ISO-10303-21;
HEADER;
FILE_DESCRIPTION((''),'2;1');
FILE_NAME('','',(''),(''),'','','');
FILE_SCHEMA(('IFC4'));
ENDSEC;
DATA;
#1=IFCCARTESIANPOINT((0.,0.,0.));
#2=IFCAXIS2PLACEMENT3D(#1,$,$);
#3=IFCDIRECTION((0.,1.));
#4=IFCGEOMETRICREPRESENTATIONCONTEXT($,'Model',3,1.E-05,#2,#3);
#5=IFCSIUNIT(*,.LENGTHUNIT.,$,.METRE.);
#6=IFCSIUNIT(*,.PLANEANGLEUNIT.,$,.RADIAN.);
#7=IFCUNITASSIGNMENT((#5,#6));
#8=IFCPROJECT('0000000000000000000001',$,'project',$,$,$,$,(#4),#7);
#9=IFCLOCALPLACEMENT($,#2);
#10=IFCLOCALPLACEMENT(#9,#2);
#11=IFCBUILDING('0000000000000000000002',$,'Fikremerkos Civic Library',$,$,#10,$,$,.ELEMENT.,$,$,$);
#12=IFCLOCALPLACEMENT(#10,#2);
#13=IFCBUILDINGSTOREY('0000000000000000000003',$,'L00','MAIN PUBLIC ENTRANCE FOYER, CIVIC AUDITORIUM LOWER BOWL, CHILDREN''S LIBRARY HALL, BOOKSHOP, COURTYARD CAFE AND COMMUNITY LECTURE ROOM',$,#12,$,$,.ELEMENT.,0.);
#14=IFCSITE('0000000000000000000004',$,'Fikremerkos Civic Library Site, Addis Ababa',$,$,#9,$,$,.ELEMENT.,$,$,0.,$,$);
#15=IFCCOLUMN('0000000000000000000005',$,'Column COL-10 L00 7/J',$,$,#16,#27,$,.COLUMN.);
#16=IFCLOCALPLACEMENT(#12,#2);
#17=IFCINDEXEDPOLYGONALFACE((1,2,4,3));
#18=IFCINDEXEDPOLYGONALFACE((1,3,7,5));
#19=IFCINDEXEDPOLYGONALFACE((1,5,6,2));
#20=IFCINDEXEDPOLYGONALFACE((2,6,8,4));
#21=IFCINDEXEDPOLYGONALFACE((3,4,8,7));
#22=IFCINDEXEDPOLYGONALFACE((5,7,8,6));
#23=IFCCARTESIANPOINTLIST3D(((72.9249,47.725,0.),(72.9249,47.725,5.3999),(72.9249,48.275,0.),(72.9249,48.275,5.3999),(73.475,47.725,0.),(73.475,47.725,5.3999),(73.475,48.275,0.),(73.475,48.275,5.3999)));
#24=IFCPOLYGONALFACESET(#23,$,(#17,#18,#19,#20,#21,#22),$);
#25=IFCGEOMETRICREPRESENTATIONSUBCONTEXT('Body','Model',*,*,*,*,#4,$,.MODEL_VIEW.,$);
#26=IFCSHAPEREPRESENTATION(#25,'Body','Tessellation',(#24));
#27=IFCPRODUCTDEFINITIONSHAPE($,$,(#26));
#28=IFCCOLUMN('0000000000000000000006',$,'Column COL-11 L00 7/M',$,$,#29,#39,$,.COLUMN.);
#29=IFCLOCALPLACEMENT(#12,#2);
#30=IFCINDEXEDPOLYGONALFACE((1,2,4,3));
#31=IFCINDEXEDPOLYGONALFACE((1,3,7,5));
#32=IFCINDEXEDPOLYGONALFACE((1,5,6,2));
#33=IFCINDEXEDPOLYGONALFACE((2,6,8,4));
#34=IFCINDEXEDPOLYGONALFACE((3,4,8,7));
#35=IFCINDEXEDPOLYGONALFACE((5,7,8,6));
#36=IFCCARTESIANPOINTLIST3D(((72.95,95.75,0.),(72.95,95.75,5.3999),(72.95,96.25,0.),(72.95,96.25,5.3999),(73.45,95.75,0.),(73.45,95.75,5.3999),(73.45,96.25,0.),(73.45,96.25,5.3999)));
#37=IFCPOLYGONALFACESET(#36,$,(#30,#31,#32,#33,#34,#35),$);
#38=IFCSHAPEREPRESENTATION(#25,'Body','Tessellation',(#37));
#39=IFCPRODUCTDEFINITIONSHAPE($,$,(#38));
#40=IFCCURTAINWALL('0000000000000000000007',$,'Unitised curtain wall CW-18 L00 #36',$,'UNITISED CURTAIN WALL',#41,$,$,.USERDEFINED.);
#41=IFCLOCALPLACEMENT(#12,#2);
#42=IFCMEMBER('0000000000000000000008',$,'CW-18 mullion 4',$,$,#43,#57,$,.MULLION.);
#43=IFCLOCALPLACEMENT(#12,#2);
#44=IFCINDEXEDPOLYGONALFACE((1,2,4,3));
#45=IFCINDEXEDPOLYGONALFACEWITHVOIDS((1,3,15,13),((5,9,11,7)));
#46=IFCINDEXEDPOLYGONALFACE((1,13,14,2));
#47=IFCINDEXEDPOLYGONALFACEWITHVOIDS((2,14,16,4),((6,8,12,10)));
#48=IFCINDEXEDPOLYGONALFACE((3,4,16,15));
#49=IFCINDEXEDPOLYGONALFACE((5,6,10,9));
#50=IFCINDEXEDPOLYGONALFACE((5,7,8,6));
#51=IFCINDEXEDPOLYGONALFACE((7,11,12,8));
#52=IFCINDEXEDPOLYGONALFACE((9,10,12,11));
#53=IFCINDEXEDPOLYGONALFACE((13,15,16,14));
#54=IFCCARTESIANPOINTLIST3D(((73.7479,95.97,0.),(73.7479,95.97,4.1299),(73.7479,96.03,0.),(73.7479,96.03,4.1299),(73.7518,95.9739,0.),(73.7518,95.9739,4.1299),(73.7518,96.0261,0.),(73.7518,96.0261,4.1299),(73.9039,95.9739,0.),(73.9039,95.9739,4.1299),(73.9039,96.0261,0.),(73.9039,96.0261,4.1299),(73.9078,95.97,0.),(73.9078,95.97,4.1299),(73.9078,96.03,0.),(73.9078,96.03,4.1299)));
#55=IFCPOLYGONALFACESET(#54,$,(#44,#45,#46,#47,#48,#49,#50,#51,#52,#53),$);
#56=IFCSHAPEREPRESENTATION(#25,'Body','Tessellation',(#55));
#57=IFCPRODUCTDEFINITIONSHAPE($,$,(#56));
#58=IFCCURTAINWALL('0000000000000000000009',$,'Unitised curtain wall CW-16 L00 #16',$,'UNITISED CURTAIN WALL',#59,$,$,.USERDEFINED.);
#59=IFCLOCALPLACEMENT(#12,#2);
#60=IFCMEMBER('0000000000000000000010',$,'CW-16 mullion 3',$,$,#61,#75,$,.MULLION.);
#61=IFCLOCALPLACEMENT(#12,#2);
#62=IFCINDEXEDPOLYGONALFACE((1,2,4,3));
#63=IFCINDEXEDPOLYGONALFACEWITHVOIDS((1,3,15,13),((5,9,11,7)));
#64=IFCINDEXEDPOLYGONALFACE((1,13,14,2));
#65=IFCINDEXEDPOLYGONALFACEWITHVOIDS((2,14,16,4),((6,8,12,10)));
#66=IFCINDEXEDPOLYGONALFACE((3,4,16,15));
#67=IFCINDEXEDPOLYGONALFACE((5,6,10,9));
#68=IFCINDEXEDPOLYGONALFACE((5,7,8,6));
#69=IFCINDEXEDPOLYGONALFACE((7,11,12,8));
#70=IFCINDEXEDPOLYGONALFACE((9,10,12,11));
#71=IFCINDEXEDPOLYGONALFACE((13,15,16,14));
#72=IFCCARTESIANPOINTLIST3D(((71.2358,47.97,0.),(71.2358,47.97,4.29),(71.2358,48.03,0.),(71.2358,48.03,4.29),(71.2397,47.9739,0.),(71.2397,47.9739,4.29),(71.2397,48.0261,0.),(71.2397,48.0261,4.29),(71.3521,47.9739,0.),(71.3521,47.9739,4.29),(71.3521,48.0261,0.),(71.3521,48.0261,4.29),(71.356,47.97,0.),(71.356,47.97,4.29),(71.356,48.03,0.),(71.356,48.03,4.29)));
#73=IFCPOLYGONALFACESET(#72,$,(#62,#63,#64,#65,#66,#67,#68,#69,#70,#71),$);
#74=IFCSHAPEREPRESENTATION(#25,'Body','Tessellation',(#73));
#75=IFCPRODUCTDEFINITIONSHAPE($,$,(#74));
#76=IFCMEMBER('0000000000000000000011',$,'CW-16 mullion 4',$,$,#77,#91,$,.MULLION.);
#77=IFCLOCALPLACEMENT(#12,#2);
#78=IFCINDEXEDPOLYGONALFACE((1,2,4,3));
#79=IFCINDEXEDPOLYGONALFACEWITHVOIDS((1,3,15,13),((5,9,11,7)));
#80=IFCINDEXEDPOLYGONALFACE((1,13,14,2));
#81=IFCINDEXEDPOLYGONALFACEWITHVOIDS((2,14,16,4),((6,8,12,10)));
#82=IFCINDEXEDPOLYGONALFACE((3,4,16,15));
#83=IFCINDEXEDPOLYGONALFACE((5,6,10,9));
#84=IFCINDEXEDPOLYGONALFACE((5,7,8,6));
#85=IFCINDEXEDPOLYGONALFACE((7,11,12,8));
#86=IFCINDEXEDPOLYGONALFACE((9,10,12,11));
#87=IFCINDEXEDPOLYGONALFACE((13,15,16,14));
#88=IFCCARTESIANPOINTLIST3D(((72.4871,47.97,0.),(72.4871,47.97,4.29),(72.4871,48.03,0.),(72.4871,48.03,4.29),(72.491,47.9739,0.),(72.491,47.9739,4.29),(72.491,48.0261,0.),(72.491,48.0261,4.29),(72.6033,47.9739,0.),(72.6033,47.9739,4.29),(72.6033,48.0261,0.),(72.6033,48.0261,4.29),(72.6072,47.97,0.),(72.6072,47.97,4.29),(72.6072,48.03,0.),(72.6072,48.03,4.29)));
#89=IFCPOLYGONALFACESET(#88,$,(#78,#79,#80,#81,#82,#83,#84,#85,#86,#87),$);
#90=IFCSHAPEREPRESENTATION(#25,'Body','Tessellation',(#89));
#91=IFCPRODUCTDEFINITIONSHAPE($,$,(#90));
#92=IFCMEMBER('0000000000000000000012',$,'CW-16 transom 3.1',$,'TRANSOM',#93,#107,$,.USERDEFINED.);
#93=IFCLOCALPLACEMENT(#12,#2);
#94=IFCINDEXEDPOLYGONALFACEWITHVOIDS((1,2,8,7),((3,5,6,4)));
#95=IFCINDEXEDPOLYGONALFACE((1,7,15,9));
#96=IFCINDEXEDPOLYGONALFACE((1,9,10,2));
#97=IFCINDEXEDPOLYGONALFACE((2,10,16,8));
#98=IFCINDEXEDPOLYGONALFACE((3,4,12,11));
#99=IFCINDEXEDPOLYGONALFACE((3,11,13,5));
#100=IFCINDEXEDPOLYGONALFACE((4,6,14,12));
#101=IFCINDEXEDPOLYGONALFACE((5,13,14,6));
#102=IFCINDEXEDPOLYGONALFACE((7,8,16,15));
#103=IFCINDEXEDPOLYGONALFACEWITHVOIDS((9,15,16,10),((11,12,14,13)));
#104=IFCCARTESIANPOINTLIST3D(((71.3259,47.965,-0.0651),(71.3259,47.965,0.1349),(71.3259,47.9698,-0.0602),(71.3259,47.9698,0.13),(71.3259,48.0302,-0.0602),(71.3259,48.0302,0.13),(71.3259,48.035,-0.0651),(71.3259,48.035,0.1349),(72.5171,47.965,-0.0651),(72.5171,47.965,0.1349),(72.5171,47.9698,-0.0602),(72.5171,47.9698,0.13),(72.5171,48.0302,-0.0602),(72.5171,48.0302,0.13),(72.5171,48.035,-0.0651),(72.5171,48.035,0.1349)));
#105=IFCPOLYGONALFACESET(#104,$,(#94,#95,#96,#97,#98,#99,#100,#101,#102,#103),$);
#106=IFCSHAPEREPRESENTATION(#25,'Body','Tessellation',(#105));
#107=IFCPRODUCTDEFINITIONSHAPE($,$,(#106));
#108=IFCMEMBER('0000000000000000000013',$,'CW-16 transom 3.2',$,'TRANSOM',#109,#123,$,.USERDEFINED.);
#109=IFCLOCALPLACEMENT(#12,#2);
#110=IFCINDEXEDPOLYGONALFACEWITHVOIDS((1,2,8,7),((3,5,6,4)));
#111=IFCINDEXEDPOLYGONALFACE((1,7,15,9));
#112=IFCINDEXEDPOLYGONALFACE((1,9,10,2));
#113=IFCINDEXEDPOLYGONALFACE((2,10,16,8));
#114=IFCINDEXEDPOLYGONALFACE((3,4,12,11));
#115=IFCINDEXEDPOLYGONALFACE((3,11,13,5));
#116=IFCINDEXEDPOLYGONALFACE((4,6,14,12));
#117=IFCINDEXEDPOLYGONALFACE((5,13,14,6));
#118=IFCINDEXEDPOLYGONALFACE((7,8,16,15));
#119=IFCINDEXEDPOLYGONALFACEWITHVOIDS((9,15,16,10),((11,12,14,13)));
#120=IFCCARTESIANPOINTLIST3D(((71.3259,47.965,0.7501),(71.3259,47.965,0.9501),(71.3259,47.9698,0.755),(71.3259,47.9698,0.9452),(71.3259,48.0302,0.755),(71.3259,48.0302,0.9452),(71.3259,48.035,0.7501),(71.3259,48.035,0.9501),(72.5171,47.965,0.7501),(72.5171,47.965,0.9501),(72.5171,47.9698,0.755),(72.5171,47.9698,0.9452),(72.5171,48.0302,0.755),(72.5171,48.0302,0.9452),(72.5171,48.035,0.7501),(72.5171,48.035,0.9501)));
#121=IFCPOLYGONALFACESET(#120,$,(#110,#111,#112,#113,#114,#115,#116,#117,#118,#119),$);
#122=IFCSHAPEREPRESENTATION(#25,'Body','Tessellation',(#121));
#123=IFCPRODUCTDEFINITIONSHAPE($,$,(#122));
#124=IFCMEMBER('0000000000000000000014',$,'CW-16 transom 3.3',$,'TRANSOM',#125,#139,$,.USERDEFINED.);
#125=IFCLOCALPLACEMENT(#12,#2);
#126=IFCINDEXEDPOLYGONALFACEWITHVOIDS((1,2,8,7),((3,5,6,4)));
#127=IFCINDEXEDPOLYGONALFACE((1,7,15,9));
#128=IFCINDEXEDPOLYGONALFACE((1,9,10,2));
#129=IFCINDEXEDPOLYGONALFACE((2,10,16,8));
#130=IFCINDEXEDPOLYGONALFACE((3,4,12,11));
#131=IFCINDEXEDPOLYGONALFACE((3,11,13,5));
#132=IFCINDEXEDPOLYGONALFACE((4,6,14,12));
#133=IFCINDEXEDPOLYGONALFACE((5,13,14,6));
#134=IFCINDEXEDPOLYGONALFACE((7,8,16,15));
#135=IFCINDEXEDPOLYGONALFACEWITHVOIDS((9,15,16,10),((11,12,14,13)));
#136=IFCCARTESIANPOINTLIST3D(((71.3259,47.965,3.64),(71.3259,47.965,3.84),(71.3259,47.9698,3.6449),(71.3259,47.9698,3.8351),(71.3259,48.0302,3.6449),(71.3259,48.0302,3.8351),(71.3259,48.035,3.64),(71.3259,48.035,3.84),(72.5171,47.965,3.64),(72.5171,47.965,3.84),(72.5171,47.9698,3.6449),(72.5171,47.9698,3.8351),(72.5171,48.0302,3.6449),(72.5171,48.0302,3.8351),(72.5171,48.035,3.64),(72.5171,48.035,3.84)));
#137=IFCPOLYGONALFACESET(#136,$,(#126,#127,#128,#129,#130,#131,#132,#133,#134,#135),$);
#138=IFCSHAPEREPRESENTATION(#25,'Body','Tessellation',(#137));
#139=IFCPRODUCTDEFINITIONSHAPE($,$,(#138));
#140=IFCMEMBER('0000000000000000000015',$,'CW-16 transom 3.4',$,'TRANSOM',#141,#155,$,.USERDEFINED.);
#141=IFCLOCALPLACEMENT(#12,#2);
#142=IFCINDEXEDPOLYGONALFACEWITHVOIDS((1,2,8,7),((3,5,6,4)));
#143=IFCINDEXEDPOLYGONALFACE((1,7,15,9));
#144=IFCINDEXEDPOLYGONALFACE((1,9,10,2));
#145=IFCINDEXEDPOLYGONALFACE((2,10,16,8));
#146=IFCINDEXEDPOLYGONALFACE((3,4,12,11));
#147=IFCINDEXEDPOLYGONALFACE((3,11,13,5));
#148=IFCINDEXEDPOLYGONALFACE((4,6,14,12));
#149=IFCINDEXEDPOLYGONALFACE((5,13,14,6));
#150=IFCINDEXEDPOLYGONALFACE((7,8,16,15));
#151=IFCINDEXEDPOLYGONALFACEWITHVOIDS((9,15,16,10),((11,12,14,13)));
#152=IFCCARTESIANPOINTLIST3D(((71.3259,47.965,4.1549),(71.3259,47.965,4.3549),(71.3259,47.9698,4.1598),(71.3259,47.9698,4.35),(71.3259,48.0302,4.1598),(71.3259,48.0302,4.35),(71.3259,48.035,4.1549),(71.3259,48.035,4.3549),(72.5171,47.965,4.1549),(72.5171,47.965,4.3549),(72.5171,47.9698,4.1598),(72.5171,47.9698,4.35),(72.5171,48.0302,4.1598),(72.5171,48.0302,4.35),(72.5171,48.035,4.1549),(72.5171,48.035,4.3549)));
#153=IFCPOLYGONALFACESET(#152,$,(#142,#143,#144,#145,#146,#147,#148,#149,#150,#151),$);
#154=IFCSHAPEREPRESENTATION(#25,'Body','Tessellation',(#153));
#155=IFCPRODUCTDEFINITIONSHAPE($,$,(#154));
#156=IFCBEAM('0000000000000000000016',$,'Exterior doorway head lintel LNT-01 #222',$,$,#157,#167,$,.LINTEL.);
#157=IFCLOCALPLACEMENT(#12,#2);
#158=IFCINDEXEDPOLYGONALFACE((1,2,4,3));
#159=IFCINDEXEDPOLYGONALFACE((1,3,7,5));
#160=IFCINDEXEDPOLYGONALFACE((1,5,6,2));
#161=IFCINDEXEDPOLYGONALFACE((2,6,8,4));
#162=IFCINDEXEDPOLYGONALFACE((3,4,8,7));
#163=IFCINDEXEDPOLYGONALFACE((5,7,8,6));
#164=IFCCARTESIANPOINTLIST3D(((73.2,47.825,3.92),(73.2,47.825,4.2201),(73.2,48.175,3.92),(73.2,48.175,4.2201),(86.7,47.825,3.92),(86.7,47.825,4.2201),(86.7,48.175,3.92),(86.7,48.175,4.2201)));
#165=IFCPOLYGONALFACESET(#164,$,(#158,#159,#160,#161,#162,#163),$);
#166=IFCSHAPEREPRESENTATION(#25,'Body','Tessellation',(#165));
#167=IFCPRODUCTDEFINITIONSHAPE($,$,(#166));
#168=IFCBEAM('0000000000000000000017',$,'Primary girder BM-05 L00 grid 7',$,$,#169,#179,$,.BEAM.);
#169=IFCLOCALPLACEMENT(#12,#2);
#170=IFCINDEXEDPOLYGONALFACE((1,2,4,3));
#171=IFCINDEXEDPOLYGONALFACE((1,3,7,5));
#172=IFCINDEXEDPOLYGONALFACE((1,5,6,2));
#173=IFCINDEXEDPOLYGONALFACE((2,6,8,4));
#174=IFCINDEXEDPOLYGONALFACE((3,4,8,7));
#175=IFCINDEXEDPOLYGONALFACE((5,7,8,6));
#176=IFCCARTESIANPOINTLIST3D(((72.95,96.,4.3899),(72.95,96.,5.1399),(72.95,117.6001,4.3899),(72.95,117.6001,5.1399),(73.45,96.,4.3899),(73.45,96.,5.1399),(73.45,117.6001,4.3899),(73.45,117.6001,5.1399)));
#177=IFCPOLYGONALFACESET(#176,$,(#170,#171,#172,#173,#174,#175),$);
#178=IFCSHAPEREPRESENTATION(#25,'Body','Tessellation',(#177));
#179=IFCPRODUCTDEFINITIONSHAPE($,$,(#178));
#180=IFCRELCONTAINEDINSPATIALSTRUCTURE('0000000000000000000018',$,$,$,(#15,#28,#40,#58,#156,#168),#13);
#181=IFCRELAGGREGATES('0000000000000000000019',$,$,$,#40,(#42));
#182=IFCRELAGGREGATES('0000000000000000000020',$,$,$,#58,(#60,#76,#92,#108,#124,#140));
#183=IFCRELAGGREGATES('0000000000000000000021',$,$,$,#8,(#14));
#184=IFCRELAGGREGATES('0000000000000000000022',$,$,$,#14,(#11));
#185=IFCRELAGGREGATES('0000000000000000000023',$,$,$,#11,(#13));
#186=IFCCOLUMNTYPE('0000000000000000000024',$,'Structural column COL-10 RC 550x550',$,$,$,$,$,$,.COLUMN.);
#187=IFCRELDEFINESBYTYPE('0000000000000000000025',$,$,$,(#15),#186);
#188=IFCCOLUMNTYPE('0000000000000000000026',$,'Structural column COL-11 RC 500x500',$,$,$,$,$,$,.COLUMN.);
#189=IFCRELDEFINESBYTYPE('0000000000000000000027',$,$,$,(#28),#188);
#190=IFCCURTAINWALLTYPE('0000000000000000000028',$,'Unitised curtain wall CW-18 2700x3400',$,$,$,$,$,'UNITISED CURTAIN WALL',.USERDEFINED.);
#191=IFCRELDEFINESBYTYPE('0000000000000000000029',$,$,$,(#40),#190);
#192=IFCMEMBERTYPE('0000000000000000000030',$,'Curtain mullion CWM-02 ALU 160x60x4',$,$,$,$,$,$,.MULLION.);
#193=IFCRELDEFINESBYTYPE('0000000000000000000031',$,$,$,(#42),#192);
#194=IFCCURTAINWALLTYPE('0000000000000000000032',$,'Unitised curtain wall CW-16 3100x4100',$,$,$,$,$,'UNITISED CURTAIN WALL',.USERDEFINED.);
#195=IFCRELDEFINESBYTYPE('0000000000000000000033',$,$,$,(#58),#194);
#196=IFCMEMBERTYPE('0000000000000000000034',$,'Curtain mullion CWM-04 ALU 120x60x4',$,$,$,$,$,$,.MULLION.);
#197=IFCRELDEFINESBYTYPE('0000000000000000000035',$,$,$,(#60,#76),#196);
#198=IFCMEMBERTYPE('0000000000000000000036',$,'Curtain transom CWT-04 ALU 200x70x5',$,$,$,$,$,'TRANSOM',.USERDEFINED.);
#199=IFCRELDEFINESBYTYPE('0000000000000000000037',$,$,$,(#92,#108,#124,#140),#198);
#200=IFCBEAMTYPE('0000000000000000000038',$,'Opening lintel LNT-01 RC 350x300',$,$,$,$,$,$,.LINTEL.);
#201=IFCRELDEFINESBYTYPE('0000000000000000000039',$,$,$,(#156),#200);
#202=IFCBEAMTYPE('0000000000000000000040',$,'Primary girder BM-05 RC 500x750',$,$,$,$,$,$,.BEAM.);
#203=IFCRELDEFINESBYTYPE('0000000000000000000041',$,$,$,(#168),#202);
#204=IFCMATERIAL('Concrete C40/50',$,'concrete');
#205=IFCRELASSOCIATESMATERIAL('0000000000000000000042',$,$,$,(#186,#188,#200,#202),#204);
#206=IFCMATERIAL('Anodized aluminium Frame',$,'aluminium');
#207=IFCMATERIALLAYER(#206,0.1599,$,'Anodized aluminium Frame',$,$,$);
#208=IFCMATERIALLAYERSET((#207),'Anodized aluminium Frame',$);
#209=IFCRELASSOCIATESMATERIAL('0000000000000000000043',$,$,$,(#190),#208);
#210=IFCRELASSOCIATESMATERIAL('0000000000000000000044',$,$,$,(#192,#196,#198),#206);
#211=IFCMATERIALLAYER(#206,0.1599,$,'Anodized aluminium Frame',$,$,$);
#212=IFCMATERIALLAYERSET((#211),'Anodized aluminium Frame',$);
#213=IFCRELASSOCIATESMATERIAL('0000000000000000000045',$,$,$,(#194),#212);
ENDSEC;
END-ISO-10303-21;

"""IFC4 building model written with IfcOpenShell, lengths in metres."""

from ifc_helpers import new_model, si_unit, direction, frame, origin, origin_2d, place, context, subcontext, project, spatial, rectangle, hollow_rectangle, extrude, material, layer, layer_set, material_profile, profile_set, type_object, element, aggregate, save


model = new_model("IFC4")

# Units and contexts
model_context = context("Model", 3, precision=1e-05, world=origin(), true_north=direction((0.0, 1.0)))
body_context = subcontext(model_context, "Body", "Model", "MODEL_VIEW")
ifc_project = project(units=[si_unit("LENGTHUNIT", "METRE"), si_unit("PLANEANGLEUNIT", "RADIAN")], contexts=[model_context])

# Site, building, storey
site_placement = place(None, origin())
site = spatial("IfcSite", under=ifc_project, at=site_placement, Name="Fikremerkos Civic Library Site, Addis Ababa", CompositionType="ELEMENT", RefElevation=0.0)
building_placement = place(site_placement, origin())
building = spatial("IfcBuilding", under=site, at=building_placement, Name="Fikremerkos Civic Library", CompositionType="ELEMENT")
storey_placement = place(building_placement, origin())
storey = spatial("IfcBuildingStorey", under=building, at=storey_placement, Name="L00", Description="MAIN PUBLIC ENTRANCE FOYER, CIVIC AUDITORIUM LOWER BOWL, CHILDREN'S LIBRARY HALL, BOOKSHOP, COURTYARD CAFE AND COMMUNITY LECTURE ROOM", CompositionType="ELEMENT", Elevation=0.0)

# Columns
ifc_material_1 = material(Name="Concrete C40/50", Category="concrete")
ifc_material_profile_1 = material_profile(ifc_material_1, rectangle(XDim=0.55, YDim=0.55, at=origin_2d()), Name="RC 550x550")
ifc_profile_set_1 = profile_set([ifc_material_profile_1], Name="Concrete C40/50")
column_type_1 = type_object("IfcColumnType", Name="Structural column COL-10 RC 550x550", PredefinedType="COLUMN", material=ifc_profile_set_1)
column_1_placement = place(storey_placement, frame((73.2, 48.0, 0.0), z_axis=(0.0, 0.0, 1.0), x_axis=(1.0, 0.0, 0.0)))
element("IfcColumn", 1, at=column_1_placement, inside=storey, type_object=column_type_1, Name="Column COL-10 L00 7/J", PredefinedType="COLUMN", context=body_context, shape_type="SweptSolid", body=[
    extrude(rectangle(XDim=0.55, YDim=0.55, at=origin_2d()), origin(), (0.0, 0.0, 1.0), 5.3999),
])
ifc_material_profile_2 = material_profile(ifc_material_1, rectangle(XDim=0.5, YDim=0.5, at=origin_2d()), Name="RC 500x500")
ifc_profile_set_2 = profile_set([ifc_material_profile_2], Name="Concrete C40/50")
column_type_2 = type_object("IfcColumnType", Name="Structural column COL-11 RC 500x500", PredefinedType="COLUMN", material=ifc_profile_set_2)
column_2_placement = place(storey_placement, frame((73.2, 96.0, 0.0), z_axis=(0.0, 0.0, 1.0), x_axis=(1.0, 0.0, 0.0)))
element("IfcColumn", 2, at=column_2_placement, inside=storey, type_object=column_type_2, Name="Column COL-11 L00 7/M", PredefinedType="COLUMN", context=body_context, shape_type="SweptSolid", body=[
    extrude(rectangle(XDim=0.5, YDim=0.5, at=origin_2d()), origin(), (0.0, 0.0, 1.0), 5.3999),
])

# Curtain wall, member
ifc_material_2 = material(Name="Anodized aluminium Frame", Category="aluminium")
ifc_layer_1 = layer(ifc_material_2, 0.1599, Name="Anodized aluminium Frame")
ifc_layer_set_1 = layer_set([ifc_layer_1], Name="Anodized aluminium Frame")
curtain_wall_type_1 = type_object("IfcCurtainWallType", Name="Unitised curtain wall CW-18 2700x3400", ElementType="UNITISED CURTAIN WALL", PredefinedType="USERDEFINED", material=ifc_layer_set_1)
curtain_wall_1_placement = place(storey_placement, origin())
curtain_wall_1 = element("IfcCurtainWall", 3, at=curtain_wall_1_placement, inside=storey, type_object=curtain_wall_type_1, Name="Unitised curtain wall CW-18 L00 #36", ObjectType="UNITISED CURTAIN WALL", PredefinedType="USERDEFINED")
ifc_material_profile_3 = material_profile(ifc_material_2, hollow_rectangle(XDim=0.0601, YDim=0.1599, WallThickness=0.0039, at=origin_2d()), Name="ALU 160x60x4")
ifc_profile_set_3 = profile_set([ifc_material_profile_3], Name="Anodized aluminium Frame")
member_type_1 = type_object("IfcMemberType", Name="Curtain mullion CWM-02 ALU 160x60x4", PredefinedType="MULLION", material=ifc_profile_set_3)
member_1_placement = place(storey_placement, frame((73.8279, 96.0, 0.0), z_axis=(0.0, 0.0, 1.0), x_axis=(0.0, -1.0, 0.0)))
member_1 = element("IfcMember", 4, at=member_1_placement, type_object=member_type_1, Name="CW-18 mullion 4", PredefinedType="MULLION", context=body_context, shape_type="SweptSolid", body=[
    extrude(hollow_rectangle(XDim=0.0601, YDim=0.1599, WallThickness=0.0039, at=origin_2d()), origin(), (0.0, 0.0, 1.0), 4.1299),
])
aggregate(curtain_wall_1, [member_1])

# Curtain wall, members
ifc_layer_2 = layer(ifc_material_2, 0.1599, Name="Anodized aluminium Frame")
ifc_layer_set_2 = layer_set([ifc_layer_2], Name="Anodized aluminium Frame")
curtain_wall_type_2 = type_object("IfcCurtainWallType", Name="Unitised curtain wall CW-16 3100x4100", ElementType="UNITISED CURTAIN WALL", PredefinedType="USERDEFINED", material=ifc_layer_set_2)
curtain_wall_2_placement = place(storey_placement, origin())
curtain_wall_2 = element("IfcCurtainWall", 5, at=curtain_wall_2_placement, inside=storey, type_object=curtain_wall_type_2, Name="Unitised curtain wall CW-16 L00 #16", ObjectType="UNITISED CURTAIN WALL", PredefinedType="USERDEFINED")
ifc_material_profile_4 = material_profile(ifc_material_2, hollow_rectangle(XDim=0.0601, YDim=0.1201, WallThickness=0.0039, at=origin_2d()), Name="ALU 120x60x4")
ifc_profile_set_4 = profile_set([ifc_material_profile_4], Name="Anodized aluminium Frame")
member_type_2 = type_object("IfcMemberType", Name="Curtain mullion CWM-04 ALU 120x60x4", PredefinedType="MULLION", material=ifc_profile_set_4)
member_2_placement = place(storey_placement, frame((71.2959, 48.0, 0.0), z_axis=(0.0, 0.0, 1.0), x_axis=(0.0, 1.0, 0.0)))
member_2 = element("IfcMember", 6, at=member_2_placement, type_object=member_type_2, Name="CW-16 mullion 3", PredefinedType="MULLION", context=body_context, shape_type="SweptSolid", body=[
    extrude(hollow_rectangle(XDim=0.0601, YDim=0.1201, WallThickness=0.0039, at=origin_2d()), origin(), (0.0, 0.0, 1.0), 4.29),
])
member_3_placement = place(storey_placement, frame((72.5471, 48.0, 0.0), z_axis=(0.0, 0.0, 1.0), x_axis=(0.0, 1.0, 0.0)))
member_3 = element("IfcMember", 7, at=member_3_placement, type_object=member_type_2, Name="CW-16 mullion 4", PredefinedType="MULLION", context=body_context, shape_type="SweptSolid", body=[
    extrude(hollow_rectangle(XDim=0.0601, YDim=0.1201, WallThickness=0.0039, at=origin_2d()), origin(), (0.0, 0.0, 1.0), 4.29),
])
ifc_material_profile_5 = material_profile(ifc_material_2, hollow_rectangle(XDim=0.0701, YDim=0.2, WallThickness=0.0049, at=origin_2d()), Name="ALU 200x70x5")
ifc_profile_set_5 = profile_set([ifc_material_profile_5], Name="Anodized aluminium Frame")
member_type_3 = type_object("IfcMemberType", Name="Curtain transom CWT-04 ALU 200x70x5", ElementType="TRANSOM", PredefinedType="USERDEFINED", material=ifc_profile_set_5)
member_4_placement = place(storey_placement, frame((71.3259, 48.0, 0.0349), z_axis=(1.0, 0.0, 0.0), x_axis=(0.0, 1.0, 0.0)))
member_4 = element("IfcMember", 8, at=member_4_placement, type_object=member_type_3, Name="CW-16 transom 3.1", ObjectType="TRANSOM", PredefinedType="USERDEFINED", context=body_context, shape_type="SweptSolid", body=[
    extrude(hollow_rectangle(XDim=0.0701, YDim=0.2, WallThickness=0.0049, at=origin_2d()), origin(), (0.0, 0.0, 1.0), 1.1912),
])
member_5_placement = place(storey_placement, frame((71.3259, 48.0, 0.8501), z_axis=(1.0, 0.0, 0.0), x_axis=(0.0, 1.0, 0.0)))
member_5 = element("IfcMember", 9, at=member_5_placement, type_object=member_type_3, Name="CW-16 transom 3.2", ObjectType="TRANSOM", PredefinedType="USERDEFINED", context=body_context, shape_type="SweptSolid", body=[
    extrude(hollow_rectangle(XDim=0.0701, YDim=0.2, WallThickness=0.0049, at=origin_2d()), origin(), (0.0, 0.0, 1.0), 1.1912),
])
member_6_placement = place(storey_placement, frame((71.3259, 48.0, 3.74), z_axis=(1.0, 0.0, 0.0), x_axis=(0.0, 1.0, 0.0)))
member_6 = element("IfcMember", 10, at=member_6_placement, type_object=member_type_3, Name="CW-16 transom 3.3", ObjectType="TRANSOM", PredefinedType="USERDEFINED", context=body_context, shape_type="SweptSolid", body=[
    extrude(hollow_rectangle(XDim=0.0701, YDim=0.2, WallThickness=0.0049, at=origin_2d()), origin(), (0.0, 0.0, 1.0), 1.1912),
])
member_7_placement = place(storey_placement, frame((71.3259, 48.0, 4.2549), z_axis=(1.0, 0.0, 0.0), x_axis=(0.0, 1.0, 0.0)))
member_7 = element("IfcMember", 11, at=member_7_placement, type_object=member_type_3, Name="CW-16 transom 3.4", ObjectType="TRANSOM", PredefinedType="USERDEFINED", context=body_context, shape_type="SweptSolid", body=[
    extrude(hollow_rectangle(XDim=0.0701, YDim=0.2, WallThickness=0.0049, at=origin_2d()), origin(), (0.0, 0.0, 1.0), 1.1912),
])

# Beams
ifc_material_profile_6 = material_profile(ifc_material_1, rectangle(XDim=0.3501, YDim=0.3, at=origin_2d()), Name="RC 350x300")
ifc_profile_set_6 = profile_set([ifc_material_profile_6], Name="Concrete C40/50")
beam_type_1 = type_object("IfcBeamType", Name="Opening lintel LNT-01 RC 350x300", PredefinedType="LINTEL", material=ifc_profile_set_6)
beam_1_placement = place(storey_placement, frame((73.2, 48.0, 4.0701), z_axis=(1.0, 0.0, 0.0), x_axis=(0.0, 1.0, 0.0)))
element("IfcBeam", 12, at=beam_1_placement, inside=storey, type_object=beam_type_1, Name="Exterior doorway head lintel LNT-01 #222", PredefinedType="LINTEL", context=body_context, shape_type="SweptSolid", body=[
    extrude(rectangle(XDim=0.3501, YDim=0.3, at=origin_2d()), origin(), (0.0, 0.0, 1.0), 13.5),
])
ifc_material_profile_7 = material_profile(ifc_material_1, rectangle(XDim=0.5, YDim=0.75, at=origin_2d()), Name="RC 500x750")
ifc_profile_set_7 = profile_set([ifc_material_profile_7], Name="Concrete C40/50")
beam_type_2 = type_object("IfcBeamType", Name="Primary girder BM-05 RC 500x750", PredefinedType="BEAM", material=ifc_profile_set_7)
beam_2_placement = place(storey_placement, frame((73.2, 96.0, 4.7649), z_axis=(0.0, 1.0, 0.0), x_axis=(-1.0, 0.0, 0.0)))
element("IfcBeam", 13, at=beam_2_placement, inside=storey, type_object=beam_type_2, Name="Primary girder BM-05 L00 grid 7", PredefinedType="BEAM", context=body_context, shape_type="SweptSolid", body=[
    extrude(rectangle(XDim=0.5, YDim=0.75, at=origin_2d()), origin(), (0.0, 0.0, 1.0), 21.6001),
])

aggregate(curtain_wall_2, [member_2, member_3, member_4, member_5, member_6, member_7])

save(model, "model.ifc")
